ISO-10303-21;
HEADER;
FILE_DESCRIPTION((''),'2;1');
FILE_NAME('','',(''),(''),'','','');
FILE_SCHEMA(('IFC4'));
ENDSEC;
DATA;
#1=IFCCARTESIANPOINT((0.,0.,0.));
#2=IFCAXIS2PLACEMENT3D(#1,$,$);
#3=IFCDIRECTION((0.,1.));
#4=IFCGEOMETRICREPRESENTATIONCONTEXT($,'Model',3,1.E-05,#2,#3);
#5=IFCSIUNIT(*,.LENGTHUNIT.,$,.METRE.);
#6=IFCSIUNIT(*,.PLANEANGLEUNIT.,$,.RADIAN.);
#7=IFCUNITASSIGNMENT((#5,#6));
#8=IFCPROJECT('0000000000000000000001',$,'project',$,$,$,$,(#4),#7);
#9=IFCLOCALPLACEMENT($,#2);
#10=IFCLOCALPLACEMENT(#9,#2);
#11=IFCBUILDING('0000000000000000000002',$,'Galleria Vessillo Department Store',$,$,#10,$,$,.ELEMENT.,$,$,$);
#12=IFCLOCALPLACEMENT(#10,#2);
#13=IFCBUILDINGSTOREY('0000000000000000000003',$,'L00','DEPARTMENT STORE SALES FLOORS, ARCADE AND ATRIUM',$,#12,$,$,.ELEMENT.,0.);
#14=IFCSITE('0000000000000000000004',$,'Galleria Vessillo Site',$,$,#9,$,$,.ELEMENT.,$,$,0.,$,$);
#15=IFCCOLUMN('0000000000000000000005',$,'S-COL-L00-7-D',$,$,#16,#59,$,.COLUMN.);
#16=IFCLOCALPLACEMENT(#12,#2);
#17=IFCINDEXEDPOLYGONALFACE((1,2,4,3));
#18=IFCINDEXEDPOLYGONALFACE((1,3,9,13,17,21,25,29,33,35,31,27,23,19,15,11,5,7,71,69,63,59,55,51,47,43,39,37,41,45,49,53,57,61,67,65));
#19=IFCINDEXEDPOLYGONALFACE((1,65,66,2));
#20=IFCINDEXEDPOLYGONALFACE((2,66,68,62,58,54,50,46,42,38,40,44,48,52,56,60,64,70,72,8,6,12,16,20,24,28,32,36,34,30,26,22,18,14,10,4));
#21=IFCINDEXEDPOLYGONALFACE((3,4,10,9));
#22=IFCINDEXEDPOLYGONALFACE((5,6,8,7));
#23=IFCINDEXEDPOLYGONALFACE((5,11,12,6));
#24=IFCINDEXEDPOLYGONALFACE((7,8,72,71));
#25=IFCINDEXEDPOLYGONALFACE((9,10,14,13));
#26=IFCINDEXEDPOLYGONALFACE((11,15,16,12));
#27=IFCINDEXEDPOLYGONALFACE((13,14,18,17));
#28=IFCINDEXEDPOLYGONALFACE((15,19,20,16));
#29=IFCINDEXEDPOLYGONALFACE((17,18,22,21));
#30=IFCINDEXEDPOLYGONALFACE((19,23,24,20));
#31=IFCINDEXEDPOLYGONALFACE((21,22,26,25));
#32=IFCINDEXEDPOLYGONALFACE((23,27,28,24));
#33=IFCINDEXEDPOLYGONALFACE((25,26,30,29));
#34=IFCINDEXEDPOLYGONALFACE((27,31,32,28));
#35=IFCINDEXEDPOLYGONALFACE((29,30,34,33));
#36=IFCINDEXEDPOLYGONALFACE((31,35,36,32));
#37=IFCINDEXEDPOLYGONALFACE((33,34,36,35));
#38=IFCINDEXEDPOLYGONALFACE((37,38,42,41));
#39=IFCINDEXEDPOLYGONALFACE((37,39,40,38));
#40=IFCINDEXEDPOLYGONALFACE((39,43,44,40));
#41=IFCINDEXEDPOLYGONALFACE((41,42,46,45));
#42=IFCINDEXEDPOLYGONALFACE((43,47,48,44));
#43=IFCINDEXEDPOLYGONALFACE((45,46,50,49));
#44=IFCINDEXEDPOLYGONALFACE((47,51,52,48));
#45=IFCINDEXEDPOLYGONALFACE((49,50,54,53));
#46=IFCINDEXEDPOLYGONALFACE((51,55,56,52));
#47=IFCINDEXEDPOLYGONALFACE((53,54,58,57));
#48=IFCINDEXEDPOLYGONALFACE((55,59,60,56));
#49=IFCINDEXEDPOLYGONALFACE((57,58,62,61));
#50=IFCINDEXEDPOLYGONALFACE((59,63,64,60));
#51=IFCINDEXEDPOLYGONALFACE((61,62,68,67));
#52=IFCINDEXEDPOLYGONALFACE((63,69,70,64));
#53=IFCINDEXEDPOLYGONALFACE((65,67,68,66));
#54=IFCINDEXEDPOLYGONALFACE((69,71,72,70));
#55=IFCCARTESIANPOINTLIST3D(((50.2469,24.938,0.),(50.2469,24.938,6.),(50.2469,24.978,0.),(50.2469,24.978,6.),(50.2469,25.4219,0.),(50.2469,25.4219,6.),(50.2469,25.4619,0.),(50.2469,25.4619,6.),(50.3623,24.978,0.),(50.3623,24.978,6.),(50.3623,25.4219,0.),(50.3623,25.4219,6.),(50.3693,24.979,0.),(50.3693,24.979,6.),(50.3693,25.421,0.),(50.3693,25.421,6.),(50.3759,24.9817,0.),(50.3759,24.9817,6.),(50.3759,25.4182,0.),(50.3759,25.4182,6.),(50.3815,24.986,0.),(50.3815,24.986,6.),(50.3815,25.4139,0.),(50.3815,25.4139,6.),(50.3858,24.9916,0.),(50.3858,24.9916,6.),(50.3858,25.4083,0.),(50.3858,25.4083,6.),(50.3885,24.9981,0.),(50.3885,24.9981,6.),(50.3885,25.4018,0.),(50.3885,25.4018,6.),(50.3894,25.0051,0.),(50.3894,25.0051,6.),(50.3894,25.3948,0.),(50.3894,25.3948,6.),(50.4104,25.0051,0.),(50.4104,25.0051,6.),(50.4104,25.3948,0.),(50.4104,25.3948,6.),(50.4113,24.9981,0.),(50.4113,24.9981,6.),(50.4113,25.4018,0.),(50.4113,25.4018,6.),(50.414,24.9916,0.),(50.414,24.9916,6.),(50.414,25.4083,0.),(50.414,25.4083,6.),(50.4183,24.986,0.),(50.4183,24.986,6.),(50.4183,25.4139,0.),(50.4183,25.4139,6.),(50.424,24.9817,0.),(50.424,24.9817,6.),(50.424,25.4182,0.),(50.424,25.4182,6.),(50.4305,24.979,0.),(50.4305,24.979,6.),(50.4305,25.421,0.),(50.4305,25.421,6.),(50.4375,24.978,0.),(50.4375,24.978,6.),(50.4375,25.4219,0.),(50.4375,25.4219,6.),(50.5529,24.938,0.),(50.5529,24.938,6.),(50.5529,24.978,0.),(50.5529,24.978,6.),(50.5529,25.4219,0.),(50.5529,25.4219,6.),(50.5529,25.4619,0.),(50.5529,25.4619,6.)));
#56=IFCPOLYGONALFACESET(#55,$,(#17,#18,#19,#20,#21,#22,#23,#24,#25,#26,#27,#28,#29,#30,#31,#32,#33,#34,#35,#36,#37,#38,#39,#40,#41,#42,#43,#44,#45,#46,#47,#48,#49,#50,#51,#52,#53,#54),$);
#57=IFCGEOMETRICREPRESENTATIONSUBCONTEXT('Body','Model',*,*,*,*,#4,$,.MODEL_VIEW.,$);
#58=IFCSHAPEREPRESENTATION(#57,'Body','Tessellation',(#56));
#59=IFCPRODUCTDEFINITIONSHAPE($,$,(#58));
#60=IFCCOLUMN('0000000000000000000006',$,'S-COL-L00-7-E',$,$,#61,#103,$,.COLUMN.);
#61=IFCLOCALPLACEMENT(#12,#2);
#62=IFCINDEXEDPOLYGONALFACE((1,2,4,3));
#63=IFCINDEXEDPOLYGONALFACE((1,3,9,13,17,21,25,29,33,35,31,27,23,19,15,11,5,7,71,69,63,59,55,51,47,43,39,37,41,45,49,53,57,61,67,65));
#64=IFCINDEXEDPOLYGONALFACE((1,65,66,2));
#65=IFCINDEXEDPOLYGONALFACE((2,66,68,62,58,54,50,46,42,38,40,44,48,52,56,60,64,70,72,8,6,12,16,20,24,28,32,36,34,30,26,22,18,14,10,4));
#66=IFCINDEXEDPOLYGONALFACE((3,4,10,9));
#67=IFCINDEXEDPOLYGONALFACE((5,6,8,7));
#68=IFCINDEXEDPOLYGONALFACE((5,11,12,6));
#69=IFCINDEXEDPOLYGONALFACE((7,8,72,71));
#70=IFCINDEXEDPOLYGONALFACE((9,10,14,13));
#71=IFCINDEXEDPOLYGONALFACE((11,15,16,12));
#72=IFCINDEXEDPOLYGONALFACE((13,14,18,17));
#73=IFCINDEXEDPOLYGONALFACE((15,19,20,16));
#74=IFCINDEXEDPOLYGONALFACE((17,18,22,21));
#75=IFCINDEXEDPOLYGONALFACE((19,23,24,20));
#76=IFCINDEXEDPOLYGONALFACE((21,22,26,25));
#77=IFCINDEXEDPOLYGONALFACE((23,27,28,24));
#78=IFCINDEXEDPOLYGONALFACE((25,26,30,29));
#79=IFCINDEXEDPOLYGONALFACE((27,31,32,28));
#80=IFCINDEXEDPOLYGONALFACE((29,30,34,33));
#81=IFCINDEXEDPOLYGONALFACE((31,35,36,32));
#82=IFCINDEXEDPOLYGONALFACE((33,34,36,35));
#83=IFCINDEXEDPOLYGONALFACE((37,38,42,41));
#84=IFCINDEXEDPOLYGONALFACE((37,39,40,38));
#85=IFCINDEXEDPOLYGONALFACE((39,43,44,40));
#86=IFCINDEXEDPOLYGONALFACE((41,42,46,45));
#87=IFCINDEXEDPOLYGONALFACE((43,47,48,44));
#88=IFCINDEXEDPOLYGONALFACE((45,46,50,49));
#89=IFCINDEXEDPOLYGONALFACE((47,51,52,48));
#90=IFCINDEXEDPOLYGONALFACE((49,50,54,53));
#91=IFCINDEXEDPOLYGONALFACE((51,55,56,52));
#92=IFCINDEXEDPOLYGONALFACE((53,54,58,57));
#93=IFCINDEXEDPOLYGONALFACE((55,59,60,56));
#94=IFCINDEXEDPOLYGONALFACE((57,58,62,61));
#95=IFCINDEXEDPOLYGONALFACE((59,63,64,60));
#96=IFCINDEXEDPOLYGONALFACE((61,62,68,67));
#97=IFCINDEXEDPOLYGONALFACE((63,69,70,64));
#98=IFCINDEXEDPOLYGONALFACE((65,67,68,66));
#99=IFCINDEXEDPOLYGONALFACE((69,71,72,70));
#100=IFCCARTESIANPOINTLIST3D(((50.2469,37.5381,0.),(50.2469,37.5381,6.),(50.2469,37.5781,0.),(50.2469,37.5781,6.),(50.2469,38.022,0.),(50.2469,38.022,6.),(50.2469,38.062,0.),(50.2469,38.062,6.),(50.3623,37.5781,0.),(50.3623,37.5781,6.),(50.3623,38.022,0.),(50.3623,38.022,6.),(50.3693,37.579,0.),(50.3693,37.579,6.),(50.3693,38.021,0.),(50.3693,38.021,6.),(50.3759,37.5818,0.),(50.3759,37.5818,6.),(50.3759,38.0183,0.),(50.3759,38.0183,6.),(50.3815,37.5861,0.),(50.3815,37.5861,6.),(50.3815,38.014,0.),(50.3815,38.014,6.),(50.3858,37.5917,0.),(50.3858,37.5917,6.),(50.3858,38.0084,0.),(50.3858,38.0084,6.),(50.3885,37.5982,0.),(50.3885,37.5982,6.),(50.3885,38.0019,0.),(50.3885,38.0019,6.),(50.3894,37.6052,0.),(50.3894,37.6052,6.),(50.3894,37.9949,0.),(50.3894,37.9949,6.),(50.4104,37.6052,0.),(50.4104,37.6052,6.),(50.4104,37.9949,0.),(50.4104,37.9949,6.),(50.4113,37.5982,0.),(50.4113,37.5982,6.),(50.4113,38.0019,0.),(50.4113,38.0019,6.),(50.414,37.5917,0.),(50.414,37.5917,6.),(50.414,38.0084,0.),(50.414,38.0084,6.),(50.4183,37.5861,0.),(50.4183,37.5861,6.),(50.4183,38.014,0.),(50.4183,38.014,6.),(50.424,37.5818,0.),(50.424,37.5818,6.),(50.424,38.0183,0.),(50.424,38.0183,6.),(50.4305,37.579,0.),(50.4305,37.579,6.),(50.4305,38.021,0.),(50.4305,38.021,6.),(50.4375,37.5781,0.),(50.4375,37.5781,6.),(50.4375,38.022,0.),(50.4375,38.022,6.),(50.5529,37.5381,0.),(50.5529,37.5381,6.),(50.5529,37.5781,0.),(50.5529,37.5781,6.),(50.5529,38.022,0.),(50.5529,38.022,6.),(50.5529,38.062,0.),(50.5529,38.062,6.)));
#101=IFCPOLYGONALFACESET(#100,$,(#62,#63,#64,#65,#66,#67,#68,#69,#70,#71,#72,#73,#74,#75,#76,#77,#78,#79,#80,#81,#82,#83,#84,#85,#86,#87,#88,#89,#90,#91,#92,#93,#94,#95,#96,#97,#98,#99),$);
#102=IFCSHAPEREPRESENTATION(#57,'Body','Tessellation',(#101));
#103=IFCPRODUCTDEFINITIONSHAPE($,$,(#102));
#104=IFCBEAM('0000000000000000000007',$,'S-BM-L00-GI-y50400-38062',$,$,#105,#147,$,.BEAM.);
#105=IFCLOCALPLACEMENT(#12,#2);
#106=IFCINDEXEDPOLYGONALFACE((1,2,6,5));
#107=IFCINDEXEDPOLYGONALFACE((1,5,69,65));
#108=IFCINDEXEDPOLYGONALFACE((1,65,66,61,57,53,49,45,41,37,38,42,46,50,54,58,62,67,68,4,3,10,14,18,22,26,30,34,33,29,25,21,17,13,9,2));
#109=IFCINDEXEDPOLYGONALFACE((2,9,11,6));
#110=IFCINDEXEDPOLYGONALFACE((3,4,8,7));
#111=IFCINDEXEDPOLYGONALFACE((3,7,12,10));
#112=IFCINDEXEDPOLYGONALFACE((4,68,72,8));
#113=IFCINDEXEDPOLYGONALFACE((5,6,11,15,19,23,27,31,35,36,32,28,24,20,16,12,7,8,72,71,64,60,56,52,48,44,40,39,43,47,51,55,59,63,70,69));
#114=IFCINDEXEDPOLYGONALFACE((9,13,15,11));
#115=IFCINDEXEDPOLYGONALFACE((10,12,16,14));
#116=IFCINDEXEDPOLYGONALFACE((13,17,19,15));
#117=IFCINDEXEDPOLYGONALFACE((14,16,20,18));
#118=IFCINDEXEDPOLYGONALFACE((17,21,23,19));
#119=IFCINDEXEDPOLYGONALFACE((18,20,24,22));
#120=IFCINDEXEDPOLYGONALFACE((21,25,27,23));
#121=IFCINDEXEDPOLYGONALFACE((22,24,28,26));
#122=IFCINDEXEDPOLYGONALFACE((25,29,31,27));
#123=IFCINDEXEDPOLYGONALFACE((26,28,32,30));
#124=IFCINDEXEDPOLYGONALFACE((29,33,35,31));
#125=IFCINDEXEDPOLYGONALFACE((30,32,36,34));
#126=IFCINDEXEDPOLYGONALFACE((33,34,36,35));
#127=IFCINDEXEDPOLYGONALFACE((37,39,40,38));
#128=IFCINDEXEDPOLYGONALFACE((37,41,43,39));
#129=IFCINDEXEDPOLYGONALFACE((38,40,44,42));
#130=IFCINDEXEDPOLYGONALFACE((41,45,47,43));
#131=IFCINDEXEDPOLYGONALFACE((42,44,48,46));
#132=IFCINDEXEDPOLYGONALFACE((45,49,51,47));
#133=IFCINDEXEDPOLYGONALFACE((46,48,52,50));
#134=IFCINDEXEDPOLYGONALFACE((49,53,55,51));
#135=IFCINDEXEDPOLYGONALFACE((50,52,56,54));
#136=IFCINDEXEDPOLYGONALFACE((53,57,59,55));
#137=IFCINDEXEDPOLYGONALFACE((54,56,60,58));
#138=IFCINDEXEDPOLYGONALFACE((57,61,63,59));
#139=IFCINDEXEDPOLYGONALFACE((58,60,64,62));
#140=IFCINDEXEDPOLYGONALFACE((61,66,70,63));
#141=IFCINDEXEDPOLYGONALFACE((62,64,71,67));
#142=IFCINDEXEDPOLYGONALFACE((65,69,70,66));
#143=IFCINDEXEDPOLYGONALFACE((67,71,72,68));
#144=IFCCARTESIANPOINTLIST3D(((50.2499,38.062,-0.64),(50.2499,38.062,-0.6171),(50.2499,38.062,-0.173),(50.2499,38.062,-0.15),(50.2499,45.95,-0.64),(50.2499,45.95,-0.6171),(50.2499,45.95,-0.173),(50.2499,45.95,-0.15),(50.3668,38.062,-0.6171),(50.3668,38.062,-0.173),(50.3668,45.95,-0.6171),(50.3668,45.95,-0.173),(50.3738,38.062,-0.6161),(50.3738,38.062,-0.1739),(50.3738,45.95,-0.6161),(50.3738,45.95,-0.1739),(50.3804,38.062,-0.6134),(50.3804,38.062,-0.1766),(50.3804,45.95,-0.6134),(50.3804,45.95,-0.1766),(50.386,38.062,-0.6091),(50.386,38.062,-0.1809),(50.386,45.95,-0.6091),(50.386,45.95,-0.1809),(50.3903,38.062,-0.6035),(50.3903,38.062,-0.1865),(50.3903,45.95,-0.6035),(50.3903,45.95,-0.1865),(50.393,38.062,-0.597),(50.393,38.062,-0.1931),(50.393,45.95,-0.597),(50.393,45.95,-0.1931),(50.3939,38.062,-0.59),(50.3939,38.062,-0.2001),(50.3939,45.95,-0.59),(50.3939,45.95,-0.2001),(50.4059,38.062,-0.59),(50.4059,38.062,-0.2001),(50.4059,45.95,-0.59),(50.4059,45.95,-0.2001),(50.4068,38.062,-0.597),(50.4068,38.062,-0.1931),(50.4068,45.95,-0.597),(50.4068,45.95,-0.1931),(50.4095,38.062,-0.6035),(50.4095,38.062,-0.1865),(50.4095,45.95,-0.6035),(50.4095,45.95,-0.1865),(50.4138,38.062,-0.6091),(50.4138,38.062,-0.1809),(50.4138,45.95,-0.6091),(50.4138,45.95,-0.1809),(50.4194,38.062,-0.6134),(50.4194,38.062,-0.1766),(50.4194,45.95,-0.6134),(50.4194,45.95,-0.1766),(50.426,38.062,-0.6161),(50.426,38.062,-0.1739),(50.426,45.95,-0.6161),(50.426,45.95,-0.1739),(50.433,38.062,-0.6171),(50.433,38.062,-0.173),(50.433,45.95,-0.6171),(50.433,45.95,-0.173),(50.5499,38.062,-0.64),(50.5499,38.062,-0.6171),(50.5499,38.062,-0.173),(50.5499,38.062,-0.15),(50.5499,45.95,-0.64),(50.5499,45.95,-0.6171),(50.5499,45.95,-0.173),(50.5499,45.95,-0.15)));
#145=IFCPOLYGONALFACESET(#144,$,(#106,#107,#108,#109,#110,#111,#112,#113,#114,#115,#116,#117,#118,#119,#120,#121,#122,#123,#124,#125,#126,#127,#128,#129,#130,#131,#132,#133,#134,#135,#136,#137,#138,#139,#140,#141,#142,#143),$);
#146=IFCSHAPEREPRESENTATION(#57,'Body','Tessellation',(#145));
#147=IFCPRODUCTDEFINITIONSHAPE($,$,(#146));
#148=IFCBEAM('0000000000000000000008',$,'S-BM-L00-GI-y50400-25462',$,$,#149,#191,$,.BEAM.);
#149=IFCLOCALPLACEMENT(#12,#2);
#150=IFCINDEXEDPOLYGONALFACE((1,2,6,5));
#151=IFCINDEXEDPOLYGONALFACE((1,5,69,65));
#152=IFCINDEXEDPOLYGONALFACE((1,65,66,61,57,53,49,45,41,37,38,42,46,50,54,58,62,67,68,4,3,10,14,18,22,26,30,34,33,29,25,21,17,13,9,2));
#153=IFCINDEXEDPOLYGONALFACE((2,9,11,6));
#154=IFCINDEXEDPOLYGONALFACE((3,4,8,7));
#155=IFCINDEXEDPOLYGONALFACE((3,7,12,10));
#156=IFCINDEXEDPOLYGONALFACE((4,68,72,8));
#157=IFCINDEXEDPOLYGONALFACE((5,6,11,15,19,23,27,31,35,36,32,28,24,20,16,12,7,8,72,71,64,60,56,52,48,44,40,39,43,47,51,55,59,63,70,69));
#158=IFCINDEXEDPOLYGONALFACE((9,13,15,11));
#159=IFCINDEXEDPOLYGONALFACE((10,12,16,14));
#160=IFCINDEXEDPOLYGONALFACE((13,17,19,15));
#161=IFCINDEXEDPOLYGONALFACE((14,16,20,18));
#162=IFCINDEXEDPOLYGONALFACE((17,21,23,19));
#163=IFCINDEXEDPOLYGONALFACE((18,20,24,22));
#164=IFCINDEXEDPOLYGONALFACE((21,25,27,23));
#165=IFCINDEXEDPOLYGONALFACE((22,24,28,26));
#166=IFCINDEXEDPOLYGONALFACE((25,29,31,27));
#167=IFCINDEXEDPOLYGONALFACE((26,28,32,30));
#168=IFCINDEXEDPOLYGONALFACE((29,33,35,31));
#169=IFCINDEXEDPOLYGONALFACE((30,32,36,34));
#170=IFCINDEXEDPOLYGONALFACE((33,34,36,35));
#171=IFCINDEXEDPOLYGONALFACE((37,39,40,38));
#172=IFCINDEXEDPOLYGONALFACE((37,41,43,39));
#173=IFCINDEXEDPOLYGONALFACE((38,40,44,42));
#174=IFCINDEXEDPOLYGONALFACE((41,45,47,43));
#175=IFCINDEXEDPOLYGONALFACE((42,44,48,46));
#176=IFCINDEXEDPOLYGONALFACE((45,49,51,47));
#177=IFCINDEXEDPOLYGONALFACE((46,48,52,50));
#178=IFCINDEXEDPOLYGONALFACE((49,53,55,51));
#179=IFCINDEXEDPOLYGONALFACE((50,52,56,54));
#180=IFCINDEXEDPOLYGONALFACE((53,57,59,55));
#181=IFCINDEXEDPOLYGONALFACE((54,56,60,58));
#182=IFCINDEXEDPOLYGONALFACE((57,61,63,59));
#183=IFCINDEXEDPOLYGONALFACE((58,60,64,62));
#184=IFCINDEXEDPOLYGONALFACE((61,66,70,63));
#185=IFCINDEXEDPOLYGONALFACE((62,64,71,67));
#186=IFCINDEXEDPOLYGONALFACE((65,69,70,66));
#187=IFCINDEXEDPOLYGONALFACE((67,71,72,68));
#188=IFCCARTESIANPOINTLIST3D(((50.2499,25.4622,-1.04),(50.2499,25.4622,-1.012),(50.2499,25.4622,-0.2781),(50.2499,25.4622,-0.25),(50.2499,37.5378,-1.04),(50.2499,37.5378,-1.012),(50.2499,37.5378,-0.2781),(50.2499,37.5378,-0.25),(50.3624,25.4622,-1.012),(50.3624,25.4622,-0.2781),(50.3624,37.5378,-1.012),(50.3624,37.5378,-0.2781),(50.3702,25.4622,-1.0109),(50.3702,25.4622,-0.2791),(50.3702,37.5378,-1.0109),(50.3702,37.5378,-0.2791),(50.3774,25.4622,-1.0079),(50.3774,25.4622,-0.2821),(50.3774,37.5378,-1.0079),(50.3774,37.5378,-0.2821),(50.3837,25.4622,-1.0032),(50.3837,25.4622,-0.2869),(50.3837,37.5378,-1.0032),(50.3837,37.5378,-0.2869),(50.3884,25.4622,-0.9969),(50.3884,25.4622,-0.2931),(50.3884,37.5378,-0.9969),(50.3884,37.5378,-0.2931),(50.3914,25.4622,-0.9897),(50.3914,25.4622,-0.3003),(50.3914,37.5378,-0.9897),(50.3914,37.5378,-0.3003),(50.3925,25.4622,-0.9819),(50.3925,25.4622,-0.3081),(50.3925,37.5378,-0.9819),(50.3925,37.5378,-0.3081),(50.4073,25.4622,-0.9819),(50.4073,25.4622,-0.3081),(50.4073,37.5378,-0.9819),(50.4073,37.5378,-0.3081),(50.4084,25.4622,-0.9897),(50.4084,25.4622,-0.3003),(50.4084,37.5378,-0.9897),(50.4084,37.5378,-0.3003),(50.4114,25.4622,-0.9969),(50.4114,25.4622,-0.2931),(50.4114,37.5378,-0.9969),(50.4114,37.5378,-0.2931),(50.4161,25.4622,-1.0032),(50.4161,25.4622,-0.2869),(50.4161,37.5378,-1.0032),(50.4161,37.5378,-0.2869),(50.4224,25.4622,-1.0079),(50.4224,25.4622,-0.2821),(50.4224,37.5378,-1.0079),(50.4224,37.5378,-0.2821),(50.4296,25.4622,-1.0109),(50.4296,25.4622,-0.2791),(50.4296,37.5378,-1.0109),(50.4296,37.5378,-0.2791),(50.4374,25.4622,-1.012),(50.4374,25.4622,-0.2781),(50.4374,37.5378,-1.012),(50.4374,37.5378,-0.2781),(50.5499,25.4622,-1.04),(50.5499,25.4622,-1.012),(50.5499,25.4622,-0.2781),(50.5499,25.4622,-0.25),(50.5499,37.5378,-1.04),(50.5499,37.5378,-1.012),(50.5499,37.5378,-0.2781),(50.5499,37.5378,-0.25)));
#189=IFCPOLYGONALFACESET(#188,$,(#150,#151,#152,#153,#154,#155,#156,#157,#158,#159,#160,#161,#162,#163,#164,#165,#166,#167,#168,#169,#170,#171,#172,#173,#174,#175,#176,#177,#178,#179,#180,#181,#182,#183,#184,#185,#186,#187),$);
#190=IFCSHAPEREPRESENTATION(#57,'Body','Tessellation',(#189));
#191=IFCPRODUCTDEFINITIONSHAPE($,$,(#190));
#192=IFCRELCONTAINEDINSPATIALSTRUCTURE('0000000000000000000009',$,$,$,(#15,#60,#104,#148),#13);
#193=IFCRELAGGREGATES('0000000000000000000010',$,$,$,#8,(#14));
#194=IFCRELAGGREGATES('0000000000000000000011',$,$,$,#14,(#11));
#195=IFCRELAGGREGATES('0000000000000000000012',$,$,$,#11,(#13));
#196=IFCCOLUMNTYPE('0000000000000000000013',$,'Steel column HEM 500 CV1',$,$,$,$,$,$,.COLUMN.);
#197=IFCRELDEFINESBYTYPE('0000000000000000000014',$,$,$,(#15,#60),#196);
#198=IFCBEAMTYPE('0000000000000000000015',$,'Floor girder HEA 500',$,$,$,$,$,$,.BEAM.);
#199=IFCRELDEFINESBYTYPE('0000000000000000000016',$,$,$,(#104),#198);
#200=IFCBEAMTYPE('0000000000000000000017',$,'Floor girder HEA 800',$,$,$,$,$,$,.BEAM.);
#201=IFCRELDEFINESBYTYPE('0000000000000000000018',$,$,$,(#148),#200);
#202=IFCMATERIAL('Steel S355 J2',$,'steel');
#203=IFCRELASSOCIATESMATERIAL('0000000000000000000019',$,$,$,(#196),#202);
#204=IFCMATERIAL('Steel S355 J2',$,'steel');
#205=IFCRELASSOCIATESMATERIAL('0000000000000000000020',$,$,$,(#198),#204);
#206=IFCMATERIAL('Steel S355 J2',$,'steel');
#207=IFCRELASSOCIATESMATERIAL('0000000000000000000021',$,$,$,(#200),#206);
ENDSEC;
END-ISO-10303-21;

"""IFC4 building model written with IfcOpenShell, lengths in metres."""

from ifc_helpers import new_model, si_unit, direction, frame, origin, origin_2d, place, context, subcontext, project, spatial, i_section, extrude, material, material_profile, profile_set, type_object, element, save


model = new_model("IFC4")

# Units and contexts
model_context = context("Model", 3, precision=1e-05, world=origin(), true_north=direction((0.0, 1.0)))
body_context = subcontext(model_context, "Body", "Model", "MODEL_VIEW")
ifc_project = project(units=[si_unit("LENGTHUNIT", "METRE"), si_unit("PLANEANGLEUNIT", "RADIAN")], contexts=[model_context])

# Site, building, storey
site_placement = place(None, origin())
site = spatial("IfcSite", under=ifc_project, at=site_placement, Name="Galleria Vessillo Site", CompositionType="ELEMENT", RefElevation=0.0)
building_placement = place(site_placement, origin())
building = spatial("IfcBuilding", under=site, at=building_placement, Name="Galleria Vessillo Department Store", CompositionType="ELEMENT")
storey_placement = place(building_placement, origin())
storey = spatial("IfcBuildingStorey", under=building, at=storey_placement, Name="L00", Description="DEPARTMENT STORE SALES FLOORS, ARCADE AND ATRIUM", CompositionType="ELEMENT", Elevation=0.0)

# Columns
ifc_material_1 = material(Name="Steel S355 J2", Category="steel")
ifc_material_profile_1 = material_profile(ifc_material_1, i_section(OverallWidth=0.3059, OverallDepth=0.5239, WebThickness=0.021, FlangeThickness=0.04, FilletRadius=0.0271, at=origin_2d()), Name="HEM 500")
ifc_profile_set_1 = profile_set([ifc_material_profile_1], Name="Steel S355 J2")
column_type = type_object("IfcColumnType", Name="Steel column HEM 500 CV1", PredefinedType="COLUMN", material=ifc_profile_set_1)
for number, where, z_axis, x_axis, name in (
    (1, (50.3999, 25.2, 0.0), (0.0, 0.0, 1.0), (1.0, 0.0, 0.0), "S-COL-L00-7-D"),
    (2, (50.3999, 37.8, 0.0), (0.0, 0.0, 1.0), (1.0, 0.0, 0.0), "S-COL-L00-7-E"),
):
    element("IfcColumn", number, at=place(storey_placement, frame(where, z_axis=z_axis, x_axis=x_axis)), inside=storey, type_object=column_type, Name=name, PredefinedType="COLUMN", context=body_context, shape_type="SweptSolid", body=[
        extrude(i_section(OverallWidth=0.3059, OverallDepth=0.5239, WebThickness=0.021, FlangeThickness=0.04, FilletRadius=0.0271, at=origin_2d()), origin(), (0.0, 0.0, 1.0), 6.0),
    ])

# Beams
ifc_material_2 = material(Name="Steel S355 J2", Category="steel")
ifc_material_profile_2 = material_profile(ifc_material_2, i_section(OverallWidth=0.3, OverallDepth=0.49, WebThickness=0.012, FlangeThickness=0.0229, FilletRadius=0.0271, at=origin_2d()), Name="HEA 500")
ifc_profile_set_2 = profile_set([ifc_material_profile_2], Name="Steel S355 J2")
beam_type_1 = type_object("IfcBeamType", Name="Floor girder HEA 500", PredefinedType="BEAM", material=ifc_profile_set_2)
beam_1_placement = place(storey_placement, frame((50.3999, 38.062, -0.395), z_axis=(0.0, 1.0, 0.0), x_axis=(-1.0, 0.0, 0.0)))
element("IfcBeam", 3, at=beam_1_placement, inside=storey, type_object=beam_type_1, Name="S-BM-L00-GI-y50400-38062", PredefinedType="BEAM", context=body_context, shape_type="SweptSolid", body=[
    extrude(i_section(OverallWidth=0.3, OverallDepth=0.49, WebThickness=0.012, FlangeThickness=0.0229, FilletRadius=0.0271, at=origin_2d()), origin(), (0.0, 0.0, 1.0), 7.8879),
])
ifc_material_3 = material(Name="Steel S355 J2", Category="steel")
ifc_material_profile_3 = material_profile(ifc_material_3, i_section(OverallWidth=0.3, OverallDepth=0.79, WebThickness=0.0149, FlangeThickness=0.0281, FilletRadius=0.03, at=origin_2d()), Name="HEA 800")
ifc_profile_set_3 = profile_set([ifc_material_profile_3], Name="Steel S355 J2")
beam_type_2 = type_object("IfcBeamType", Name="Floor girder HEA 800", PredefinedType="BEAM", material=ifc_profile_set_3)
beam_2_placement = place(storey_placement, frame((50.3999, 25.4622, -0.645), z_axis=(0.0, 1.0, 0.0), x_axis=(-1.0, 0.0, 0.0)))
element("IfcBeam", 4, at=beam_2_placement, inside=storey, type_object=beam_type_2, Name="S-BM-L00-GI-y50400-25462", PredefinedType="BEAM", context=body_context, shape_type="SweptSolid", body=[
    extrude(i_section(OverallWidth=0.3, OverallDepth=0.79, WebThickness=0.0149, FlangeThickness=0.0281, FilletRadius=0.03, at=origin_2d()), origin(), (0.0, 0.0, 1.0), 12.0757),
])

save(model, "model.ifc")
